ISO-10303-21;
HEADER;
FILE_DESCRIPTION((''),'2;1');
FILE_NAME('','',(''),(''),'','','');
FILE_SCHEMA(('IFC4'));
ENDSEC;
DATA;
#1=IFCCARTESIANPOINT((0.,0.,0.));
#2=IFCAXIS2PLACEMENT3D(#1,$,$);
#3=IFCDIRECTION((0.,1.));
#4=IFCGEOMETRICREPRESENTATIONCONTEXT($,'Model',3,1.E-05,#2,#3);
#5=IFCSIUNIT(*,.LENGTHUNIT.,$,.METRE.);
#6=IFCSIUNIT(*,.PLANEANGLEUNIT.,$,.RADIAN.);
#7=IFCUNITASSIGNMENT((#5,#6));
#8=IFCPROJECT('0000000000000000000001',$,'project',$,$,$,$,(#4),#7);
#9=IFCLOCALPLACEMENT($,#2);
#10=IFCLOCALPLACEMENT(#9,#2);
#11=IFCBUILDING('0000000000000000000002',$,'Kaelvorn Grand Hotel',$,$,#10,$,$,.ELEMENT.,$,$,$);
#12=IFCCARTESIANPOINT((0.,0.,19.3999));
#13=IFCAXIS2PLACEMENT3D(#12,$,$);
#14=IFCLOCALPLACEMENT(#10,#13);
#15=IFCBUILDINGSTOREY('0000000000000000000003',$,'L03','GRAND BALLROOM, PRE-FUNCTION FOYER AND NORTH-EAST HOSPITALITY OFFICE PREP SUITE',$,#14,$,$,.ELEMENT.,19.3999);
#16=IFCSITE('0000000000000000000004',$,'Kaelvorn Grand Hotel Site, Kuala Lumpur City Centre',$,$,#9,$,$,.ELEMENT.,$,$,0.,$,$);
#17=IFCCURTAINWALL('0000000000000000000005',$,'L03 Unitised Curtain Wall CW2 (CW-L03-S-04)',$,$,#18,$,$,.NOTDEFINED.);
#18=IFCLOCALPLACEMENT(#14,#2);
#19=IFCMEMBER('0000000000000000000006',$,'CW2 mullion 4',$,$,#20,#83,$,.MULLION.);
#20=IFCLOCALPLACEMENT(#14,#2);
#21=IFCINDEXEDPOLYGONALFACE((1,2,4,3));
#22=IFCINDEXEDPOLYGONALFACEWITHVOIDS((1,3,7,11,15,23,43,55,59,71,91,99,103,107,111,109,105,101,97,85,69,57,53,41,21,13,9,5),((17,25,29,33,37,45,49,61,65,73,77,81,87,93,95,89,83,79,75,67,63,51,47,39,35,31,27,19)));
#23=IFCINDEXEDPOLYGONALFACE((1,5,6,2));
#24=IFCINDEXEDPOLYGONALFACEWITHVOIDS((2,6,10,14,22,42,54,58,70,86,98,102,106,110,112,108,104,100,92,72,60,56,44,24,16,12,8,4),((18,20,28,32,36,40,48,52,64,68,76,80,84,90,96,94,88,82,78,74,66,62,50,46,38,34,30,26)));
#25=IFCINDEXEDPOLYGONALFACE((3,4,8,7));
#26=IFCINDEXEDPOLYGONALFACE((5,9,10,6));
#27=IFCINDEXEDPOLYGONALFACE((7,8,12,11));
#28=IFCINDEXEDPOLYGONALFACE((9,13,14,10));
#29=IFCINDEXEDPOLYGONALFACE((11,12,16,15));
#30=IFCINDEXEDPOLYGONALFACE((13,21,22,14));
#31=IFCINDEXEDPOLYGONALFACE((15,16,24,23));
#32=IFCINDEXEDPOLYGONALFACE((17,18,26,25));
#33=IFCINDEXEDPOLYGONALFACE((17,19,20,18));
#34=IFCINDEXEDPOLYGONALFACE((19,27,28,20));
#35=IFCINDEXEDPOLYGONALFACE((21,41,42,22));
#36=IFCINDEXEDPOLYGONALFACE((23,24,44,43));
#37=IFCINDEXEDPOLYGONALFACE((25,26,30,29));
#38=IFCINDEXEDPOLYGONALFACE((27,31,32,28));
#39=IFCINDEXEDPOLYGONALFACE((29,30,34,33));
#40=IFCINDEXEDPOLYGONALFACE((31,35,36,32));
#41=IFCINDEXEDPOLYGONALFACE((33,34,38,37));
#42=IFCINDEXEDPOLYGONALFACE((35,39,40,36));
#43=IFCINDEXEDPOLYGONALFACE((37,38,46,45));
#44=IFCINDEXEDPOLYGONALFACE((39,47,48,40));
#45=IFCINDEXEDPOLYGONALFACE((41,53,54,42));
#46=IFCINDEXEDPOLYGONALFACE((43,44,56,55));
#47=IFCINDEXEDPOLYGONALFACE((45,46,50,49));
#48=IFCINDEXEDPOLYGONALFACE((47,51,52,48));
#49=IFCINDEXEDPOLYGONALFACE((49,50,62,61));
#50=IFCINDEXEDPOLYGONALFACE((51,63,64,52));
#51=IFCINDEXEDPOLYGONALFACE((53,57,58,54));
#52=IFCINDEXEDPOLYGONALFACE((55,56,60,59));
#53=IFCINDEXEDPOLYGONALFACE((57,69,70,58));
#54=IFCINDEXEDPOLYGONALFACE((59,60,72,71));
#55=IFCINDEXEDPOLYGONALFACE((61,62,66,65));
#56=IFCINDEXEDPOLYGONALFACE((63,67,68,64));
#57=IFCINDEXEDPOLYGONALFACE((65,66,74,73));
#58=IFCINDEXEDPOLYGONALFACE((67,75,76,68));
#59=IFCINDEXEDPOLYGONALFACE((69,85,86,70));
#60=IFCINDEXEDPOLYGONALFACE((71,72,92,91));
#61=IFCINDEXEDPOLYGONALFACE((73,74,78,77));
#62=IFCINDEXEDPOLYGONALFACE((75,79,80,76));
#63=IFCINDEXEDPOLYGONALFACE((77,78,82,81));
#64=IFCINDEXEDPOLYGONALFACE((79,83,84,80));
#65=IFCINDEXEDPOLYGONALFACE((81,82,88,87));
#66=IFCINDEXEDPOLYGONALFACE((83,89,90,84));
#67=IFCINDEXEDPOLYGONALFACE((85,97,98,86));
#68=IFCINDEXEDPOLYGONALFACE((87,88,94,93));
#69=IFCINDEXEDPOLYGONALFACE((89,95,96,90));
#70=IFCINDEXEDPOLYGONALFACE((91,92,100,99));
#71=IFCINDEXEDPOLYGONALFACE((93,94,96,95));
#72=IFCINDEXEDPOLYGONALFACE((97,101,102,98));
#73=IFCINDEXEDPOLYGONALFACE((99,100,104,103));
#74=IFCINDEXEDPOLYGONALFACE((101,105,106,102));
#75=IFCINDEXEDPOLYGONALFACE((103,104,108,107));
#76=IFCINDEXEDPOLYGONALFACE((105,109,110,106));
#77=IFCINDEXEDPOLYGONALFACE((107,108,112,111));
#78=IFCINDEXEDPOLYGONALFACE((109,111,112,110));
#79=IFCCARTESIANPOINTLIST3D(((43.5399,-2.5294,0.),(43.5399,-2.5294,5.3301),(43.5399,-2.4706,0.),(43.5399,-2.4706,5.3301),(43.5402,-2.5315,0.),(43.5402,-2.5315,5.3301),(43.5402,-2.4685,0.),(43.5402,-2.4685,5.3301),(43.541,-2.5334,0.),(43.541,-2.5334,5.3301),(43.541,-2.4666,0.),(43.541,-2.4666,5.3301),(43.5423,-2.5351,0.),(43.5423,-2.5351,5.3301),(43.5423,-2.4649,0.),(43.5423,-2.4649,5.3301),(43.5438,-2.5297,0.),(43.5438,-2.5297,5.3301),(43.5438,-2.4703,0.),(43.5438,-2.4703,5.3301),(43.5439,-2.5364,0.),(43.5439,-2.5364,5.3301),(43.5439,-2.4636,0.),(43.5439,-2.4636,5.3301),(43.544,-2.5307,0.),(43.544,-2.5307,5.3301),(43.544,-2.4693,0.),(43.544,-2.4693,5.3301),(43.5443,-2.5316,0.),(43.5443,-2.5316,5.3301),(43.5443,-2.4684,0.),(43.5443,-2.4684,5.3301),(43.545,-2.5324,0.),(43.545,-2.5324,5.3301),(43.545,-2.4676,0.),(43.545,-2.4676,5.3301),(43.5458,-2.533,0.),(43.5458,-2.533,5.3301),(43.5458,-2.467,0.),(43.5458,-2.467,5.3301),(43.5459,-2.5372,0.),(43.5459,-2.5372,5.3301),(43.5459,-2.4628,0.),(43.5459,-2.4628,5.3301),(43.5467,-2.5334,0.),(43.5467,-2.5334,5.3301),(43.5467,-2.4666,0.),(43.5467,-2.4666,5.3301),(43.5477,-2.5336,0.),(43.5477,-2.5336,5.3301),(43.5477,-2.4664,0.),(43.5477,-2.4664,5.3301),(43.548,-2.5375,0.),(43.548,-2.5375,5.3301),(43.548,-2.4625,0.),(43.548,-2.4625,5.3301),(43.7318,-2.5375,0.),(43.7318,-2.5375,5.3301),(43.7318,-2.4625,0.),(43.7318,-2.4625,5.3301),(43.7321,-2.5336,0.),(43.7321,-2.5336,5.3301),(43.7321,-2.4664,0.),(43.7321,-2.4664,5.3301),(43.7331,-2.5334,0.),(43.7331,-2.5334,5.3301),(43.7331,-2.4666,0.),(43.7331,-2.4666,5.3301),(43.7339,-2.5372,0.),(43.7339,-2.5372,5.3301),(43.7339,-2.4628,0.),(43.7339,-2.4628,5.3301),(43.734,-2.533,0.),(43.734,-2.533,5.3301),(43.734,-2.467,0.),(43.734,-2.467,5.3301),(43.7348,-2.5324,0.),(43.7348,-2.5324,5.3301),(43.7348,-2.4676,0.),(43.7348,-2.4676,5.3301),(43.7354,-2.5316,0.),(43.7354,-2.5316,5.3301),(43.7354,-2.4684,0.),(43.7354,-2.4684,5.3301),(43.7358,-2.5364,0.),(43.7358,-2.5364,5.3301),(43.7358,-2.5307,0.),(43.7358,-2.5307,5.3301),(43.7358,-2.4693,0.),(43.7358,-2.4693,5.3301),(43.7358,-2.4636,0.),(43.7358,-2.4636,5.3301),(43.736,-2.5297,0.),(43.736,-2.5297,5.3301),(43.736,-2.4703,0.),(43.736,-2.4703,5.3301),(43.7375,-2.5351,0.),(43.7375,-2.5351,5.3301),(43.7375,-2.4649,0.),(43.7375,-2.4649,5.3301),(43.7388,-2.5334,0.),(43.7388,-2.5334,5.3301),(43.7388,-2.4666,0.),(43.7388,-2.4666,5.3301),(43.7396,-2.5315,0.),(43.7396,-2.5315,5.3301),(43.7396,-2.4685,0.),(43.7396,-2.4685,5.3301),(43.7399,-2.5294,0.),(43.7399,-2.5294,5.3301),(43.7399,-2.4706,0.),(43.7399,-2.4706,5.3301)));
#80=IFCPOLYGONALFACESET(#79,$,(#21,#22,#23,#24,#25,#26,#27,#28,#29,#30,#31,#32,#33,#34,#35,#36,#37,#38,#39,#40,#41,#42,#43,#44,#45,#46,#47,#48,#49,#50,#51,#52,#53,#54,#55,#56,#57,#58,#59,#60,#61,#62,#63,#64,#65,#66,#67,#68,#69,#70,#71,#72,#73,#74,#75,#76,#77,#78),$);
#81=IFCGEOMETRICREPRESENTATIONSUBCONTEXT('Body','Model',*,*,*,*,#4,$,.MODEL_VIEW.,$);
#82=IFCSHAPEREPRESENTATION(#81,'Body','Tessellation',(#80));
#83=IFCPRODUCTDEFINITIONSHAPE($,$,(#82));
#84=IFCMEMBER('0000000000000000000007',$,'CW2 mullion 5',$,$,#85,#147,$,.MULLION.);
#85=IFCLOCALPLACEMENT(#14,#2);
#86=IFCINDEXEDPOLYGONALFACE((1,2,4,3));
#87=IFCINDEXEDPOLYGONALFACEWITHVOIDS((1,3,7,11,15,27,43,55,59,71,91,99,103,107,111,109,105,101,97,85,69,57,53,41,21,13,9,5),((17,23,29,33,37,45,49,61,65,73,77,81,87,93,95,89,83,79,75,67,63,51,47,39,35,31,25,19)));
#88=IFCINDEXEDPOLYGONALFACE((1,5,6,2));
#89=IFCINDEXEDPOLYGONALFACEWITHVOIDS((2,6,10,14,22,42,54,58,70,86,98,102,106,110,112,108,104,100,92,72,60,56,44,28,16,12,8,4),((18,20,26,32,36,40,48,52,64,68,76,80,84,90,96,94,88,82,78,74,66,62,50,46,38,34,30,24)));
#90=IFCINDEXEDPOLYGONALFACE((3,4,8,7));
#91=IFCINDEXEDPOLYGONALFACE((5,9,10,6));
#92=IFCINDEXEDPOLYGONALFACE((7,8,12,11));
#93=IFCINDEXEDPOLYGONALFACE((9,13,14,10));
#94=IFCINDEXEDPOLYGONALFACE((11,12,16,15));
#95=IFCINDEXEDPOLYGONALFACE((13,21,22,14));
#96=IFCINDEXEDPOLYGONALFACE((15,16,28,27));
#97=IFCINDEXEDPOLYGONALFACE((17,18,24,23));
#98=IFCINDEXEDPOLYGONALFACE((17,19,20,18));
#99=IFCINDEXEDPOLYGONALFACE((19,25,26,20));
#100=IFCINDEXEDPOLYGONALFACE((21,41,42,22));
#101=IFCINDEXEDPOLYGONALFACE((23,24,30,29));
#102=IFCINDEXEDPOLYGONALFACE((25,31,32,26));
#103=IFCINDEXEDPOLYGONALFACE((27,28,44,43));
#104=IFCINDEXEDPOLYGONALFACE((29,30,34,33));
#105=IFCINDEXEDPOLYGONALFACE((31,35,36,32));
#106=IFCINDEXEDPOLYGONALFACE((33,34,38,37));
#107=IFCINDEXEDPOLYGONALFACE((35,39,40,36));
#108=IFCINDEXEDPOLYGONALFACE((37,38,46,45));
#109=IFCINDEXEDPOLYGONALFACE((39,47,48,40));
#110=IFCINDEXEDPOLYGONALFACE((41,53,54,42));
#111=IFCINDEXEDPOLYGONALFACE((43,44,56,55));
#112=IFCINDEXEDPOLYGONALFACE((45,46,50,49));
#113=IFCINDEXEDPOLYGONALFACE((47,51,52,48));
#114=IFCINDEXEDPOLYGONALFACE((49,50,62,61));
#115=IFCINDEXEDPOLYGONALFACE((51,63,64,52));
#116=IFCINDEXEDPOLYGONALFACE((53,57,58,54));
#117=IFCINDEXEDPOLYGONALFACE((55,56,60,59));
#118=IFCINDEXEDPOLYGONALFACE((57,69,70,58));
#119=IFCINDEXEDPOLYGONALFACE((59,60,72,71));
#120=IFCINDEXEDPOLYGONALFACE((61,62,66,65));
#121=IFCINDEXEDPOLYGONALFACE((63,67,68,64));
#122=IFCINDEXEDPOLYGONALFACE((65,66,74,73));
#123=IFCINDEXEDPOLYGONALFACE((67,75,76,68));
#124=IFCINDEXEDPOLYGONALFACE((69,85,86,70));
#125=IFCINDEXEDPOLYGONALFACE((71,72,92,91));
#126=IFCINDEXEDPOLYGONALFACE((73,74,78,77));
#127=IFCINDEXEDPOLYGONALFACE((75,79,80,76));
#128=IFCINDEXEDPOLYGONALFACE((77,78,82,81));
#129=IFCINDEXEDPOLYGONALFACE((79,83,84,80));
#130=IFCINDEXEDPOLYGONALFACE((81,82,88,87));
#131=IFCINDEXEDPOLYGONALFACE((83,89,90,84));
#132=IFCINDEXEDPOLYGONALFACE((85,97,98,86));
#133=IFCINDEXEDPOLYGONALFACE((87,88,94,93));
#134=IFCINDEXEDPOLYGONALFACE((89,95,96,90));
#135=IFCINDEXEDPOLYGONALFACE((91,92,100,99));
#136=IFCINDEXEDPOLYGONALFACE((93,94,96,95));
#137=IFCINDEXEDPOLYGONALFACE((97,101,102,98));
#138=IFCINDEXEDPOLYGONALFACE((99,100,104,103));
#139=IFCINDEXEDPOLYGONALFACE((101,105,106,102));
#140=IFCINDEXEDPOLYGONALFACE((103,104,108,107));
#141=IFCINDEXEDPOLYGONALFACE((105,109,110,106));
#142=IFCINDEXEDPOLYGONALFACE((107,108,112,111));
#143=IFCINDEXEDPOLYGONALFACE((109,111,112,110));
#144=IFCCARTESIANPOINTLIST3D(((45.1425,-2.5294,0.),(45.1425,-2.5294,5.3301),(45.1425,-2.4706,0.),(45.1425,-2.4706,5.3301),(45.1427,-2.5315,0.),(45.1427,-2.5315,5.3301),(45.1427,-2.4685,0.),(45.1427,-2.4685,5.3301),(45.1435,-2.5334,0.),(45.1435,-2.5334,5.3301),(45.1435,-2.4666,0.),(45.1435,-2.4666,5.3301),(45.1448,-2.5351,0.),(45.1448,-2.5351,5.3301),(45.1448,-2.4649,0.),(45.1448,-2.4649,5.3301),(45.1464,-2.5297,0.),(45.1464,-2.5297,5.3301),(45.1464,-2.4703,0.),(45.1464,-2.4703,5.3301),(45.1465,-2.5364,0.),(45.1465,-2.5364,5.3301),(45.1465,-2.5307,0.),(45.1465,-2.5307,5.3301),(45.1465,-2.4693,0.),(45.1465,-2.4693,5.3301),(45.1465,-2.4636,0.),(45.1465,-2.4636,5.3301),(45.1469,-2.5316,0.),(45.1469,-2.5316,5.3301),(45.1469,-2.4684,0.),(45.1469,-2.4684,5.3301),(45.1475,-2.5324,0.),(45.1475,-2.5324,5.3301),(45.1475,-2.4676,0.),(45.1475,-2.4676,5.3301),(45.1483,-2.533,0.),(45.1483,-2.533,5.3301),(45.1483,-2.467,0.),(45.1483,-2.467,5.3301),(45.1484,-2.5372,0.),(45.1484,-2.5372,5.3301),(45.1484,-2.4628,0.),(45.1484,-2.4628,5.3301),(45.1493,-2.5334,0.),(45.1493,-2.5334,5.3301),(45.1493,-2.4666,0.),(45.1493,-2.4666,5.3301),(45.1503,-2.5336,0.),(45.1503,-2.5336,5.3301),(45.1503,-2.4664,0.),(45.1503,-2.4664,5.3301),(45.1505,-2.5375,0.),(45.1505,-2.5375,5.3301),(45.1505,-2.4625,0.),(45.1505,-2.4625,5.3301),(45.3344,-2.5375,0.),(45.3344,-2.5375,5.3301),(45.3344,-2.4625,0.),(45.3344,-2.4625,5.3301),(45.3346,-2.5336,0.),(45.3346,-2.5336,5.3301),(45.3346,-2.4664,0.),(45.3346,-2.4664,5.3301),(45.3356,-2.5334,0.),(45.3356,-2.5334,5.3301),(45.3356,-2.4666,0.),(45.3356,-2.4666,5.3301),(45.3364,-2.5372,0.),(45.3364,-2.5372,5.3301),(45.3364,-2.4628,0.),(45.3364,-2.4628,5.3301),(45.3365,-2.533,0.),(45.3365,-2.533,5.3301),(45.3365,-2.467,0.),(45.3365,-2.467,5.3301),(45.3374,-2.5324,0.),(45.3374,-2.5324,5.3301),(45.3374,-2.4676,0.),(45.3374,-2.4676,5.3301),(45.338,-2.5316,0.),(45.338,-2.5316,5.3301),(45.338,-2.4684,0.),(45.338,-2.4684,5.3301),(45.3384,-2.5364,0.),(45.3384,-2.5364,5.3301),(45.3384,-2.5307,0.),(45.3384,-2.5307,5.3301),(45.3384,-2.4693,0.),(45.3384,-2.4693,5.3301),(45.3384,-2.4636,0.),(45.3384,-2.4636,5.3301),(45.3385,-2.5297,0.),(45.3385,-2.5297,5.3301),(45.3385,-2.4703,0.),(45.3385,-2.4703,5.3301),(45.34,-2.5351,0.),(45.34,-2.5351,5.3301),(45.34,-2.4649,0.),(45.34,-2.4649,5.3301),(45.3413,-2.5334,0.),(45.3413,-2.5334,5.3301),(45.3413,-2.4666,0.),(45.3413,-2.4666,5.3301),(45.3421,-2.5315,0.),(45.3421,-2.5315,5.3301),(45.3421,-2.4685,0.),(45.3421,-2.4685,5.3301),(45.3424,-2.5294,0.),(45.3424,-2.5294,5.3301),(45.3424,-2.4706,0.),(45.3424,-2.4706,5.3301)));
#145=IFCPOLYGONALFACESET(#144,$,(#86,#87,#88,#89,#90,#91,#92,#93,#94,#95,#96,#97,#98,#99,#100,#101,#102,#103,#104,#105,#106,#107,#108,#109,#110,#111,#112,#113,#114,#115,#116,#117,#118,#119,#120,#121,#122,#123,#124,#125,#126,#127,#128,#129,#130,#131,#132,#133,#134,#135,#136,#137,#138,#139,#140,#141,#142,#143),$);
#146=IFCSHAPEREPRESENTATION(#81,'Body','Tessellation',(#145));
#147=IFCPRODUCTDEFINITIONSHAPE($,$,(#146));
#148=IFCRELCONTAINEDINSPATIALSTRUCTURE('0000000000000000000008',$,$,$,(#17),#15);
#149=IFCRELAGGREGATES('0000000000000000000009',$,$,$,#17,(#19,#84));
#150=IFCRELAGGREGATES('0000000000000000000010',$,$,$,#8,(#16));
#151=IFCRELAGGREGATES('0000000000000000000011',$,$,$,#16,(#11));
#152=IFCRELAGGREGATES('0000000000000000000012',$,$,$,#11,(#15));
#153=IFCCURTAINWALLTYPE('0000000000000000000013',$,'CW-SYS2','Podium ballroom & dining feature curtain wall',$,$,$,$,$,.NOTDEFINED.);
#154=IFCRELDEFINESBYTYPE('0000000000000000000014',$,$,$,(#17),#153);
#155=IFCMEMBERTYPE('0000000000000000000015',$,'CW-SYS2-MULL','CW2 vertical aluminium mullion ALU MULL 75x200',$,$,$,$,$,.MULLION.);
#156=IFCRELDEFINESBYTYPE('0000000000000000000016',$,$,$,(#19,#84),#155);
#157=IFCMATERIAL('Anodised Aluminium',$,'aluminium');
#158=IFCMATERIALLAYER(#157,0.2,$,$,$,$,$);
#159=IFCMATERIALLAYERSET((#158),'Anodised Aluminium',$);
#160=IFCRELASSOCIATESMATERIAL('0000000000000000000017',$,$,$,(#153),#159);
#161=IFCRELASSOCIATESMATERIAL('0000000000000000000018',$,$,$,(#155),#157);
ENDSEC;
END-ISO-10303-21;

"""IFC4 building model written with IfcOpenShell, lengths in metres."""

from ifc_helpers import new_model, si_unit, direction, frame, origin, origin_2d, place, context, subcontext, project, spatial, hollow_rectangle, extrude, material, layer, layer_set, material_profile, profile_set, type_object, element, aggregate, save


model = new_model("IFC4")

# Units and contexts
model_context = context("Model", 3, precision=1e-05, world=origin(), true_north=direction((0.0, 1.0)))
body_context = subcontext(model_context, "Body", "Model", "MODEL_VIEW")
ifc_project = project(units=[si_unit("LENGTHUNIT", "METRE"), si_unit("PLANEANGLEUNIT", "RADIAN")], contexts=[model_context])

# Site, building, storey
site_placement = place(None, origin())
site = spatial("IfcSite", under=ifc_project, at=site_placement, Name="Kaelvorn Grand Hotel Site, Kuala Lumpur City Centre", CompositionType="ELEMENT", RefElevation=0.0)
building_placement = place(site_placement, origin())
building = spatial("IfcBuilding", under=site, at=building_placement, Name="Kaelvorn Grand Hotel", CompositionType="ELEMENT")
storey_placement = place(building_placement, frame((0.0, 0.0, 19.3999)))
storey = spatial("IfcBuildingStorey", under=building, at=storey_placement, Name="L03", Description="GRAND BALLROOM, PRE-FUNCTION FOYER AND NORTH-EAST HOSPITALITY OFFICE PREP SUITE", CompositionType="ELEMENT", Elevation=19.3999)

# Curtain wall, members
ifc_material_1 = material(Name="Anodised Aluminium", Category="aluminium")
ifc_layer_1 = layer(ifc_material_1, 0.2)
ifc_layer_set_1 = layer_set([ifc_layer_1], Name="Anodised Aluminium")
curtain_wall_type = type_object("IfcCurtainWallType", Name="CW-SYS2", Description="Podium ballroom & dining feature curtain wall", PredefinedType="NOTDEFINED", material=ifc_layer_set_1)
curtain_wall_1_placement = place(storey_placement, origin())
curtain_wall_1 = element("IfcCurtainWall", 1, at=curtain_wall_1_placement, inside=storey, type_object=curtain_wall_type, Name="L03 Unitised Curtain Wall CW2 (CW-L03-S-04)", PredefinedType="NOTDEFINED")
ifc_material_profile_1 = material_profile(ifc_material_1, hollow_rectangle(XDim=0.075, YDim=0.2, WallThickness=0.0039, InnerFilletRadius=0.0039, OuterFilletRadius=0.0081, at=origin_2d()), Name="ALU MULL 75x200")
ifc_profile_set_1 = profile_set([ifc_material_profile_1], Name="Anodised Aluminium")
member_type_1 = type_object("IfcMemberType", Name="CW-SYS2-MULL", Description="CW2 vertical aluminium mullion ALU MULL 75x200", PredefinedType="MULLION", material=ifc_profile_set_1)
member_1_placement = place(storey_placement, frame((43.6399, -2.5, 0.0), z_axis=(0.0, 0.0, 1.0), x_axis=(0.0, 1.0, 0.0)))
member_1 = element("IfcMember", 2, at=member_1_placement, type_object=member_type_1, Name="CW2 mullion 4", PredefinedType="MULLION", context=body_context, shape_type="SweptSolid", body=[
    extrude(hollow_rectangle(XDim=0.075, YDim=0.2, WallThickness=0.0039, InnerFilletRadius=0.0039, OuterFilletRadius=0.0081, at=origin_2d()), origin(), (0.0, 0.0, 1.0), 5.3301),
])
member_2_placement = place(storey_placement, frame((45.2424, -2.5, 0.0), z_axis=(0.0, 0.0, 1.0), x_axis=(0.0, 1.0, 0.0)))
member_2 = element("IfcMember", 3, at=member_2_placement, type_object=member_type_1, Name="CW2 mullion 5", PredefinedType="MULLION", context=body_context, shape_type="SweptSolid", body=[
    extrude(hollow_rectangle(XDim=0.075, YDim=0.2, WallThickness=0.0039, InnerFilletRadius=0.0039, OuterFilletRadius=0.0081, at=origin_2d()), origin(), (0.0, 0.0, 1.0), 5.3301),
])

aggregate(curtain_wall_1, [member_1, member_2])

save(model, "model.ifc")
